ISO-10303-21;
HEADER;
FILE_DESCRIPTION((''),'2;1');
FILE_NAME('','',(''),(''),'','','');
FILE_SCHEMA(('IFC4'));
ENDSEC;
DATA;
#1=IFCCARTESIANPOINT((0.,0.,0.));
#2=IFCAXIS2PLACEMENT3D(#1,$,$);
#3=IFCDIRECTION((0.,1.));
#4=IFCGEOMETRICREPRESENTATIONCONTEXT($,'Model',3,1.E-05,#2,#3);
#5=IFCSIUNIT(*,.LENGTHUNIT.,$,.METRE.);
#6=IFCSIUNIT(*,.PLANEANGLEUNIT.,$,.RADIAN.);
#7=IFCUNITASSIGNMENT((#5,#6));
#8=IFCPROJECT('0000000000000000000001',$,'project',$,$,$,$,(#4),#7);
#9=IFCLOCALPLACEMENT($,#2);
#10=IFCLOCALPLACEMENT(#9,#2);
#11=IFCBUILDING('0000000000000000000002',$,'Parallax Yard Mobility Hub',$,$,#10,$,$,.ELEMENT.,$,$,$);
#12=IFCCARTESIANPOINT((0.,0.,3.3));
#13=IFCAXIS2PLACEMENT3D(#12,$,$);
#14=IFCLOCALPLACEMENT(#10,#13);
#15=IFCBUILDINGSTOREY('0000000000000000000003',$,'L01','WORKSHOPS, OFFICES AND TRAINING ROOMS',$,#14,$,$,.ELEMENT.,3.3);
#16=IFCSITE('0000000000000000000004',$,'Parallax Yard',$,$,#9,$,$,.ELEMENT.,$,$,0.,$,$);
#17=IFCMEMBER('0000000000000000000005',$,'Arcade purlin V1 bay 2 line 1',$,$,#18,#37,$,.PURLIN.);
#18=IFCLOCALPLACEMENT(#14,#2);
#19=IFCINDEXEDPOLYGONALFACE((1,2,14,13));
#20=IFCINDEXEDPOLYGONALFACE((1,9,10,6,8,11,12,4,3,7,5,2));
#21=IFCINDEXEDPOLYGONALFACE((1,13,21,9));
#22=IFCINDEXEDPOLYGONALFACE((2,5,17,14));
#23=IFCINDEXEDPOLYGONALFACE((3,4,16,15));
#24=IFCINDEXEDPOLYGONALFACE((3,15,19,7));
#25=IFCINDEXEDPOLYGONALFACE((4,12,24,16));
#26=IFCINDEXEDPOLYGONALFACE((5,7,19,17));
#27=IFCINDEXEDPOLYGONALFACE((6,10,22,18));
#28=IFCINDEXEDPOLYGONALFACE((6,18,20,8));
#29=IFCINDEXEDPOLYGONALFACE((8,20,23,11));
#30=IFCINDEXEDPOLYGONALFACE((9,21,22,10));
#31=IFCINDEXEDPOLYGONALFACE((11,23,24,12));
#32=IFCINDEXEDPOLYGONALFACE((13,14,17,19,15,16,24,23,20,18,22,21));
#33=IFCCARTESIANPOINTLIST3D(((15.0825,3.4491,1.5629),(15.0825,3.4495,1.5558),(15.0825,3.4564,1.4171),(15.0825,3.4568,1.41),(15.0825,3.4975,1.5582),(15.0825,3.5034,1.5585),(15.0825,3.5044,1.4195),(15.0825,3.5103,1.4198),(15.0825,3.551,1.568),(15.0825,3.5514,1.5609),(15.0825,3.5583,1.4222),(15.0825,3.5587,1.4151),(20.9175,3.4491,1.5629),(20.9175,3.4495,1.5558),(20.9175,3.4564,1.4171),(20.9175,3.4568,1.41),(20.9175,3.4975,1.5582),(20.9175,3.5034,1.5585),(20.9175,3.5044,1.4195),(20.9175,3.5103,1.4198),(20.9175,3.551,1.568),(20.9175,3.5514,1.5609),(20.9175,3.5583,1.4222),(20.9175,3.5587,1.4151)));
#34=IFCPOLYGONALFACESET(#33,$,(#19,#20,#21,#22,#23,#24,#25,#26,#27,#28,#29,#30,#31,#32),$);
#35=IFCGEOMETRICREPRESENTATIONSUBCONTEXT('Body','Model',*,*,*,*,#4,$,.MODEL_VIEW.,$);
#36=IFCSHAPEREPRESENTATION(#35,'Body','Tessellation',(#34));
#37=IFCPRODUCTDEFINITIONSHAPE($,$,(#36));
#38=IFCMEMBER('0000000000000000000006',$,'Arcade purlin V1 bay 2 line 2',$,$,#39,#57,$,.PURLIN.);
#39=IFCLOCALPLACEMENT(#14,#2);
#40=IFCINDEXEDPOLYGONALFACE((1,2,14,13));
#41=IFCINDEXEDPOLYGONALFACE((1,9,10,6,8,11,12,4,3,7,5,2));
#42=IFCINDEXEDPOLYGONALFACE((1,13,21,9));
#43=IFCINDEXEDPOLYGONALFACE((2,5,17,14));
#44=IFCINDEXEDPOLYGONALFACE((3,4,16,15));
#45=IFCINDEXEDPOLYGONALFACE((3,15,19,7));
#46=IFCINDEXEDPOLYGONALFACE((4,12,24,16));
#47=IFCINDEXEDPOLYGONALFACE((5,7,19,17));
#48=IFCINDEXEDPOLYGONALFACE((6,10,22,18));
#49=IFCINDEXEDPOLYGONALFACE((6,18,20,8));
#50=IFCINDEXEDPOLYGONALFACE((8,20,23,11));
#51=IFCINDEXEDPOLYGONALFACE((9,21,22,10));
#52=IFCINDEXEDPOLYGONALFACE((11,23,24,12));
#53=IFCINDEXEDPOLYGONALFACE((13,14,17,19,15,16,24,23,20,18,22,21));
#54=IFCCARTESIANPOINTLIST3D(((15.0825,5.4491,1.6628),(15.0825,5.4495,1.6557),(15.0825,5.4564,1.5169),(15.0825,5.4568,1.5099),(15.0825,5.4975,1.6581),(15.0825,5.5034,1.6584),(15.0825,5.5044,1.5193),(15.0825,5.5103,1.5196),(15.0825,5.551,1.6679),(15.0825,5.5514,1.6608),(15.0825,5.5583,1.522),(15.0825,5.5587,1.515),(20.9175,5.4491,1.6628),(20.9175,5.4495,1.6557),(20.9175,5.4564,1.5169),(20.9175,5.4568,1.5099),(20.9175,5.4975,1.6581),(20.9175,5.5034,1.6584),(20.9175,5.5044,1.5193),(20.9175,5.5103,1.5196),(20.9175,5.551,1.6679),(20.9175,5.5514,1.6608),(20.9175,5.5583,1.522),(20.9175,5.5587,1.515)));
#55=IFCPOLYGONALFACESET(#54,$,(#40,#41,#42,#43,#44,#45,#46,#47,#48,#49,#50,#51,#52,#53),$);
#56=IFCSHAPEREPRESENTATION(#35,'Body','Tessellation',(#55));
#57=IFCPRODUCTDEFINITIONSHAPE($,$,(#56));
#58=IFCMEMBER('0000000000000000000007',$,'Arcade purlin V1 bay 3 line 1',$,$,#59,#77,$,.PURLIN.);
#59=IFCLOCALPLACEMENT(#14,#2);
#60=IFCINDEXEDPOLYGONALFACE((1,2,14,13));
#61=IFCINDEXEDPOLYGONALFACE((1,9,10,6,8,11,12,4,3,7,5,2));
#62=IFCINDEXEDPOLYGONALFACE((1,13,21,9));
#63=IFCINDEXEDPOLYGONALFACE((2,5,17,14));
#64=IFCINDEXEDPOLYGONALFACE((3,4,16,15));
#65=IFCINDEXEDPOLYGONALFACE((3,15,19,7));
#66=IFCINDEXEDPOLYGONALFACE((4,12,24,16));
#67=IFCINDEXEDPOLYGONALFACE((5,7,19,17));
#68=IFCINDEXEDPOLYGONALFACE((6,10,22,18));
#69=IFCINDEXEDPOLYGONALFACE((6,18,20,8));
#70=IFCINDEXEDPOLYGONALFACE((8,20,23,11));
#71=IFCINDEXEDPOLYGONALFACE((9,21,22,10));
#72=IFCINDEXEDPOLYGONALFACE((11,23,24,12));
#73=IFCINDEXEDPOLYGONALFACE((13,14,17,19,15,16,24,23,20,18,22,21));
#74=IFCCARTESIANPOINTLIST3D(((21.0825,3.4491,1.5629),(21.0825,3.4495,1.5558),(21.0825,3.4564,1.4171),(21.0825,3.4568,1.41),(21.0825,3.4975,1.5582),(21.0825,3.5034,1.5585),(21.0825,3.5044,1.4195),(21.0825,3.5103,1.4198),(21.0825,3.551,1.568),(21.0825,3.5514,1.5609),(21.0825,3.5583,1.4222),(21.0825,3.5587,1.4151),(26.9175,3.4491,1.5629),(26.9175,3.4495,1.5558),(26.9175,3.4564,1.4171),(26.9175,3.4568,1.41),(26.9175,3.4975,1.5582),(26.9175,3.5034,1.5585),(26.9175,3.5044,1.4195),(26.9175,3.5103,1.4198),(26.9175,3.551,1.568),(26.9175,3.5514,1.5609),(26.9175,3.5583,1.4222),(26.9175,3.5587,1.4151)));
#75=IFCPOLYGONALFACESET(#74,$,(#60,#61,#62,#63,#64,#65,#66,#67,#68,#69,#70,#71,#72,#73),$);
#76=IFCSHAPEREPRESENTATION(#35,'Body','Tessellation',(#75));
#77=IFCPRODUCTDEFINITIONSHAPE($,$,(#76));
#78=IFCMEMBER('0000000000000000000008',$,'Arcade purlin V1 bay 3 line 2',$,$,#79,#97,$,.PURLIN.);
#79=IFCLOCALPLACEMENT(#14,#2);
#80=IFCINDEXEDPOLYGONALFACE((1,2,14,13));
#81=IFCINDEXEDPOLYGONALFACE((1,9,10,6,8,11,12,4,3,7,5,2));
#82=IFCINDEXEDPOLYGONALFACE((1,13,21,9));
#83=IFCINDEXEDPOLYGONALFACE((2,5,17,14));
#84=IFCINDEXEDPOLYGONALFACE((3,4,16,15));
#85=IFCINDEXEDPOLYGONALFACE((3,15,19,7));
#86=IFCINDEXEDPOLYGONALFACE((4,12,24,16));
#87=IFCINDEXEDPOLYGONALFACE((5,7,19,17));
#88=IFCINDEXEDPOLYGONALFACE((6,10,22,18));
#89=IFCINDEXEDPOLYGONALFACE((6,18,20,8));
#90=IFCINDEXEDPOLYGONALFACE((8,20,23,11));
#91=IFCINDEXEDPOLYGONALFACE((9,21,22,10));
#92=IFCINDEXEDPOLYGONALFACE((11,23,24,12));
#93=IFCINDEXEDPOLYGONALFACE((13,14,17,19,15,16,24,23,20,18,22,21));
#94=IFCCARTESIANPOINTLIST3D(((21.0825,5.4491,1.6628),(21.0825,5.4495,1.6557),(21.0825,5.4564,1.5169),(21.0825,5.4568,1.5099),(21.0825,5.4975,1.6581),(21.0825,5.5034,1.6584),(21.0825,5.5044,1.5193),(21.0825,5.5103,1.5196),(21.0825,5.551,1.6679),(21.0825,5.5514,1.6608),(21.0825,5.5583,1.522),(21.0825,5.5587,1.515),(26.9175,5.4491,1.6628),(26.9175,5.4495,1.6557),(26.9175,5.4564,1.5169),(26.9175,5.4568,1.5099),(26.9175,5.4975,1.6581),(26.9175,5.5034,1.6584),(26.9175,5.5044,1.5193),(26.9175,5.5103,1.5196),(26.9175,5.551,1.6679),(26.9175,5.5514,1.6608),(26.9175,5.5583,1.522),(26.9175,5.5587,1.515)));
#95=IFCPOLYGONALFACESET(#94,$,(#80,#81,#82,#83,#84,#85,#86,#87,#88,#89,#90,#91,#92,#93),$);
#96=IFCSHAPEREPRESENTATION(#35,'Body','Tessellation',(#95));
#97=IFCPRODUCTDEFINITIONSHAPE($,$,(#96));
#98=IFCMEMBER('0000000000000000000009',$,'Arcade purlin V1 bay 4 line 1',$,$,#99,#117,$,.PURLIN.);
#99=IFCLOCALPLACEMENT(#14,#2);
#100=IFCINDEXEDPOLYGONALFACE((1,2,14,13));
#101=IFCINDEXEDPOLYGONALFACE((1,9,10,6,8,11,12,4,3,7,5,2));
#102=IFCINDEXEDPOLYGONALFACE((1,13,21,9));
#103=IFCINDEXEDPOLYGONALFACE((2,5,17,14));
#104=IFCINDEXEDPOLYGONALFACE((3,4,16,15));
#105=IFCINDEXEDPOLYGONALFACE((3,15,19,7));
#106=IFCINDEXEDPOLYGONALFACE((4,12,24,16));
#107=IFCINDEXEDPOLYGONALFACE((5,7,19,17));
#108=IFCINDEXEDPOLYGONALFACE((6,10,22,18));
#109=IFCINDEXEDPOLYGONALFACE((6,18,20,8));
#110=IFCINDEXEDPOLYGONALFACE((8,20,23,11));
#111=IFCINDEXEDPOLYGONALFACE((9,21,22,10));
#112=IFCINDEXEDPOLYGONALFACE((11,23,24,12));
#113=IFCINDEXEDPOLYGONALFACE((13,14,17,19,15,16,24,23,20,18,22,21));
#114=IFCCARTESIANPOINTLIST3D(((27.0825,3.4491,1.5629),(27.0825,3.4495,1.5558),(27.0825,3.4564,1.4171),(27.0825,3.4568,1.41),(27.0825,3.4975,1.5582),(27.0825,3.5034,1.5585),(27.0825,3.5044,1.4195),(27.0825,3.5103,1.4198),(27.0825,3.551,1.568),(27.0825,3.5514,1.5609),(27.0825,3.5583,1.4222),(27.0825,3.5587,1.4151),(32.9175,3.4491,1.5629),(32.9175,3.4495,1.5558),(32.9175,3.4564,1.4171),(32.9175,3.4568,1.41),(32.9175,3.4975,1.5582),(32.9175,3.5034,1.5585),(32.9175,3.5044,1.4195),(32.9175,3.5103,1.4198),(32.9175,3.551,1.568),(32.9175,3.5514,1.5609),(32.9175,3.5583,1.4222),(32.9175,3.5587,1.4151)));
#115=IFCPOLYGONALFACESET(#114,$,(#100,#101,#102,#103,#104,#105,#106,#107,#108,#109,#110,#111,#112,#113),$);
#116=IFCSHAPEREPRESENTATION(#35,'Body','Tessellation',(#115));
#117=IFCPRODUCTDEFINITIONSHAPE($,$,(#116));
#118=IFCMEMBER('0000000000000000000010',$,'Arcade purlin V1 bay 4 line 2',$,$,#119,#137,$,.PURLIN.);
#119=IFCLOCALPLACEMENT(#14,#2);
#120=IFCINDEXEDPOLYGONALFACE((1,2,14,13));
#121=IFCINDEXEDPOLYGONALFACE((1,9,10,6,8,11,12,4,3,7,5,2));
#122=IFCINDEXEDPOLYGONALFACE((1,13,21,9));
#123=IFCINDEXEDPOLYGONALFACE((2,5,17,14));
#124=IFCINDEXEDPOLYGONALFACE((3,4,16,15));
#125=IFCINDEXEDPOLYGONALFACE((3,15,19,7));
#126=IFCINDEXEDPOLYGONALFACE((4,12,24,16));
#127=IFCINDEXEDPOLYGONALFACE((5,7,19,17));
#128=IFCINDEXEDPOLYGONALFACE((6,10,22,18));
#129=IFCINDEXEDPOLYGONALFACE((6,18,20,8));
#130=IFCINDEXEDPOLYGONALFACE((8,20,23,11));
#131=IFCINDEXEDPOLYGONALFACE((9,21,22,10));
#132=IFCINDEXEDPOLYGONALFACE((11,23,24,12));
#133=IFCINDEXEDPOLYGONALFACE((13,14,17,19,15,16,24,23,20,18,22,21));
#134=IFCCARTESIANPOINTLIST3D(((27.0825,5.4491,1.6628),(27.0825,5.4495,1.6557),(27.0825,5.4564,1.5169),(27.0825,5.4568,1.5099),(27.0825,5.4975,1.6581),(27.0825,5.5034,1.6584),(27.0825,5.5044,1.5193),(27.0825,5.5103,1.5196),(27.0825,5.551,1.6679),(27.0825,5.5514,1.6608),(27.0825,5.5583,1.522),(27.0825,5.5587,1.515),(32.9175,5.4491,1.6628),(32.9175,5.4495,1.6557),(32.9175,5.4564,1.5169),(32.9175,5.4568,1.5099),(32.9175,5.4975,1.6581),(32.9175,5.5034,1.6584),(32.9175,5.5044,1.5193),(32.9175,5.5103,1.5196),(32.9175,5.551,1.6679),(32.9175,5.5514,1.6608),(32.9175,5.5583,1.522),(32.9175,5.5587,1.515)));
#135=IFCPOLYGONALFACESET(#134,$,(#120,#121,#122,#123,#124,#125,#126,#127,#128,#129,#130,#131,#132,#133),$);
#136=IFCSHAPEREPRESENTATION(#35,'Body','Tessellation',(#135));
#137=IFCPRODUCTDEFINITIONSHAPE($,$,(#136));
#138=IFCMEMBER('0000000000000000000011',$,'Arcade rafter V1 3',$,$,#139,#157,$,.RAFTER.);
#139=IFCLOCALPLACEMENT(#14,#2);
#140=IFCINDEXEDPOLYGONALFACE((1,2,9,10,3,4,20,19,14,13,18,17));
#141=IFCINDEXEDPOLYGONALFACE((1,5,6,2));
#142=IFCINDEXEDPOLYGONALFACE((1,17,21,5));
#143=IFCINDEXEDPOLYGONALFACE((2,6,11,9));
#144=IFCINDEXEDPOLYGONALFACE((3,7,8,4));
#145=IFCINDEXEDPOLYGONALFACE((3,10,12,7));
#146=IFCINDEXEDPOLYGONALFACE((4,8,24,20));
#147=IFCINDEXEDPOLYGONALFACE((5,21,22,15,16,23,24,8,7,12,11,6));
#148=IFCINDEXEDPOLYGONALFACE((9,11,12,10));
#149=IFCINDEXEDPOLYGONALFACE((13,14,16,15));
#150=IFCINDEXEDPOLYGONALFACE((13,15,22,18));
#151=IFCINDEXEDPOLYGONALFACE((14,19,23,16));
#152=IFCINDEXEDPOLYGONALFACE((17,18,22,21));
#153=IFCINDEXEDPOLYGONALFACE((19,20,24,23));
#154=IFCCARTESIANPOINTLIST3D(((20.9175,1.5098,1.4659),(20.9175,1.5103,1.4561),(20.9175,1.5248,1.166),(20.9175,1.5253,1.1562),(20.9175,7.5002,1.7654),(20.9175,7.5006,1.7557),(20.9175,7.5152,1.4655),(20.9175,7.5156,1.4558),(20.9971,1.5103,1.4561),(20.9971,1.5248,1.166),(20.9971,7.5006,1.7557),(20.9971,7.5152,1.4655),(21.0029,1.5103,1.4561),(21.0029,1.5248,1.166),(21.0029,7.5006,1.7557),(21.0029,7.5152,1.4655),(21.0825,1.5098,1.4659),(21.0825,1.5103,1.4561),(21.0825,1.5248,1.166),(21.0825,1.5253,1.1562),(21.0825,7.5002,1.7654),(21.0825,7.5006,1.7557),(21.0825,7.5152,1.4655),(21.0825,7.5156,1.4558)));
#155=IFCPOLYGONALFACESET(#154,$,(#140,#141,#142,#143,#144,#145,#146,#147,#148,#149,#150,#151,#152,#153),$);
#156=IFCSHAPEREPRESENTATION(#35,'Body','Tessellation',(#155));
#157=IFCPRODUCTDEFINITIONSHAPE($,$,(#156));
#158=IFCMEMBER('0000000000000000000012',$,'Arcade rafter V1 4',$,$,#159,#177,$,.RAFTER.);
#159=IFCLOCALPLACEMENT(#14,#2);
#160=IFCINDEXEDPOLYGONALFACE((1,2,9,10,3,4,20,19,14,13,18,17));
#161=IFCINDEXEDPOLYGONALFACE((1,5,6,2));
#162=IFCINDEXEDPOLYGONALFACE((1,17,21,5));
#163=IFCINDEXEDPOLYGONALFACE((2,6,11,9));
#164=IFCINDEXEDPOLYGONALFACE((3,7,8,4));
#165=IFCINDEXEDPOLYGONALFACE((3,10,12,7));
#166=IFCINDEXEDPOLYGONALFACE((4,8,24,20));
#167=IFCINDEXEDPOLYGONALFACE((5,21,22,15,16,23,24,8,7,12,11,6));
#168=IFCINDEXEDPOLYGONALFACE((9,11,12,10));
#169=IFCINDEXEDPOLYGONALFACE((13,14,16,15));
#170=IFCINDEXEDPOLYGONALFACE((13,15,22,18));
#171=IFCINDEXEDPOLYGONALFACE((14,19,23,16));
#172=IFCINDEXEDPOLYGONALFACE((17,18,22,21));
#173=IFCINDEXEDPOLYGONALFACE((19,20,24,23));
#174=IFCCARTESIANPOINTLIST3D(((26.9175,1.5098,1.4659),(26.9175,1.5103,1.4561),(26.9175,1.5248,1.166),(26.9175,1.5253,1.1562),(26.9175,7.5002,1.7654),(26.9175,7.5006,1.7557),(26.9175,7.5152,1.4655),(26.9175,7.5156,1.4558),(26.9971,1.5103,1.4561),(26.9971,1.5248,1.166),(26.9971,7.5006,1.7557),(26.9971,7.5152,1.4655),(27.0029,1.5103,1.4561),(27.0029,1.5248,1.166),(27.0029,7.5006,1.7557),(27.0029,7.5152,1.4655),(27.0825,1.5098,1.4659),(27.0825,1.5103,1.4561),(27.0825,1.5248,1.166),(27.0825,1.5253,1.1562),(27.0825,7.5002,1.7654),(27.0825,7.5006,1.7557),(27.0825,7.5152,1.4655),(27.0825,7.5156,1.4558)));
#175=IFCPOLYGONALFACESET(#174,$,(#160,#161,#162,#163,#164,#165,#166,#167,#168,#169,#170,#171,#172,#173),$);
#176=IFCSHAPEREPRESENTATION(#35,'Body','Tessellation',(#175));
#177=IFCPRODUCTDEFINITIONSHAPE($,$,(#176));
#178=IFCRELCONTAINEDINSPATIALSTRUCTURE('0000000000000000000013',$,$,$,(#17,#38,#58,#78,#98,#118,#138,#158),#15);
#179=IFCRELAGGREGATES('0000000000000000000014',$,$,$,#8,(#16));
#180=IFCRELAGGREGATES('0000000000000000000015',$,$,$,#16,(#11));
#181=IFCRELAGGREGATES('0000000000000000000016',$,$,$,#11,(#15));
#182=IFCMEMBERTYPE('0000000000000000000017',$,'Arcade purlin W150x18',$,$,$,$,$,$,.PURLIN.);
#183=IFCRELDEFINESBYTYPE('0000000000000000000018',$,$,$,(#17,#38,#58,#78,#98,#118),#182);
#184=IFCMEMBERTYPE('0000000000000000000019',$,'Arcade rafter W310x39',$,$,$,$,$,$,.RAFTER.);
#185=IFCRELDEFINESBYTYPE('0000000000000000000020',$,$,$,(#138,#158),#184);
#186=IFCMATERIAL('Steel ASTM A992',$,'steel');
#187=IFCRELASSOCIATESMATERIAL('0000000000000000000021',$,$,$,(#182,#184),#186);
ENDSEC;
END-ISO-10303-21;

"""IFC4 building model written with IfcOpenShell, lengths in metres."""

from ifc_helpers import new_model, si_unit, direction, frame, origin, origin_2d, place, context, subcontext, project, spatial, i_section, extrude, material, material_profile, profile_set, type_object, element, save


model = new_model("IFC4")

# Units and contexts
model_context = context("Model", 3, precision=1e-05, world=origin(), true_north=direction((0.0, 1.0)))
body_context = subcontext(model_context, "Body", "Model", "MODEL_VIEW")
ifc_project = project(units=[si_unit("LENGTHUNIT", "METRE"), si_unit("PLANEANGLEUNIT", "RADIAN")], contexts=[model_context])

# Site, building, storey
site_placement = place(None, origin())
site = spatial("IfcSite", under=ifc_project, at=site_placement, Name="Parallax Yard", CompositionType="ELEMENT", RefElevation=0.0)
building_placement = place(site_placement, origin())
building = spatial("IfcBuilding", under=site, at=building_placement, Name="Parallax Yard Mobility Hub", CompositionType="ELEMENT")
storey_placement = place(building_placement, frame((0.0, 0.0, 3.3)))
storey = spatial("IfcBuildingStorey", under=building, at=storey_placement, Name="L01", Description="WORKSHOPS, OFFICES AND TRAINING ROOMS", CompositionType="ELEMENT", Elevation=3.3)

# Shared definitions
ifc_material_1 = material(Name="Steel ASTM A992", Category="steel")

# Members
ifc_material_profile_1 = material_profile(ifc_material_1, i_section(OverallWidth=0.1021, OverallDepth=0.1531, WebThickness=0.0059, FlangeThickness=0.0071, at=origin_2d()), Name="W150x18")
ifc_profile_set_1 = profile_set([ifc_material_profile_1], Name="Steel ASTM A992")
member_type_1 = type_object("IfcMemberType", Name="Arcade purlin W150x18", PredefinedType="PURLIN", material=ifc_profile_set_1)
for number, where, z_axis, x_axis, name in (
    (1, (15.0825, 3.5039, 1.489), (1.0, 0.0, 0.0), (0.0, 0.998752, 0.049938), "Arcade purlin V1 bay 2 line 1"),
    (2, (15.0825, 5.5039, 1.5889), (1.0, 0.0, 0.0), (0.0, 0.998752, 0.049938), "Arcade purlin V1 bay 2 line 2"),
    (3, (21.0825, 3.5039, 1.489), (1.0, 0.0, 0.0), (0.0, 0.998752, 0.049938), "Arcade purlin V1 bay 3 line 1"),
    (4, (21.0825, 5.5039, 1.5889), (1.0, 0.0, 0.0), (0.0, 0.998752, 0.049938), "Arcade purlin V1 bay 3 line 2"),
    (5, (27.0825, 3.5039, 1.489), (1.0, 0.0, 0.0), (0.0, 0.998752, 0.049938), "Arcade purlin V1 bay 4 line 1"),
    (6, (27.0825, 5.5039, 1.5889), (1.0, 0.0, 0.0), (0.0, 0.998752, 0.049938), "Arcade purlin V1 bay 4 line 2"),
):
    element("IfcMember", number, at=place(storey_placement, frame(where, z_axis=z_axis, x_axis=x_axis)), inside=storey, type_object=member_type_1, Name=name, PredefinedType="PURLIN", context=body_context, shape_type="SweptSolid", body=[
        extrude(i_section(OverallWidth=0.1021, OverallDepth=0.1531, WebThickness=0.0059, FlangeThickness=0.0071, at=origin_2d()), origin(), (0.0, 0.0, 1.0), 5.835),
    ])
ifc_material_profile_2 = material_profile(ifc_material_1, i_section(OverallWidth=0.165, OverallDepth=0.3101, WebThickness=0.0059, FlangeThickness=0.0098, at=origin_2d()), Name="W310x39")
ifc_profile_set_2 = profile_set([ifc_material_profile_2], Name="Steel ASTM A992")
member_type_2 = type_object("IfcMemberType", Name="Arcade rafter W310x39", PredefinedType="RAFTER", material=ifc_profile_set_2)
for number, where, z_axis, x_axis, name in (
    (7, (21.0, 1.5176, 1.311), (0.0, 0.998752, 0.049946), (-1.0, 0.0, 0.0), "Arcade rafter V1 3"),
    (8, (27.0, 1.5176, 1.311), (0.0, 0.998752, 0.049946), (-1.0, 0.0, 0.0), "Arcade rafter V1 4"),
):
    element("IfcMember", number, at=place(storey_placement, frame(where, z_axis=z_axis, x_axis=x_axis)), inside=storey, type_object=member_type_2, Name=name, PredefinedType="RAFTER", context=body_context, shape_type="SweptSolid", body=[
        extrude(i_section(OverallWidth=0.165, OverallDepth=0.3101, WebThickness=0.0059, FlangeThickness=0.0098, at=origin_2d()), origin(), (0.0, 0.0, 1.0), 5.9978),
    ])

save(model, "model.ifc")
